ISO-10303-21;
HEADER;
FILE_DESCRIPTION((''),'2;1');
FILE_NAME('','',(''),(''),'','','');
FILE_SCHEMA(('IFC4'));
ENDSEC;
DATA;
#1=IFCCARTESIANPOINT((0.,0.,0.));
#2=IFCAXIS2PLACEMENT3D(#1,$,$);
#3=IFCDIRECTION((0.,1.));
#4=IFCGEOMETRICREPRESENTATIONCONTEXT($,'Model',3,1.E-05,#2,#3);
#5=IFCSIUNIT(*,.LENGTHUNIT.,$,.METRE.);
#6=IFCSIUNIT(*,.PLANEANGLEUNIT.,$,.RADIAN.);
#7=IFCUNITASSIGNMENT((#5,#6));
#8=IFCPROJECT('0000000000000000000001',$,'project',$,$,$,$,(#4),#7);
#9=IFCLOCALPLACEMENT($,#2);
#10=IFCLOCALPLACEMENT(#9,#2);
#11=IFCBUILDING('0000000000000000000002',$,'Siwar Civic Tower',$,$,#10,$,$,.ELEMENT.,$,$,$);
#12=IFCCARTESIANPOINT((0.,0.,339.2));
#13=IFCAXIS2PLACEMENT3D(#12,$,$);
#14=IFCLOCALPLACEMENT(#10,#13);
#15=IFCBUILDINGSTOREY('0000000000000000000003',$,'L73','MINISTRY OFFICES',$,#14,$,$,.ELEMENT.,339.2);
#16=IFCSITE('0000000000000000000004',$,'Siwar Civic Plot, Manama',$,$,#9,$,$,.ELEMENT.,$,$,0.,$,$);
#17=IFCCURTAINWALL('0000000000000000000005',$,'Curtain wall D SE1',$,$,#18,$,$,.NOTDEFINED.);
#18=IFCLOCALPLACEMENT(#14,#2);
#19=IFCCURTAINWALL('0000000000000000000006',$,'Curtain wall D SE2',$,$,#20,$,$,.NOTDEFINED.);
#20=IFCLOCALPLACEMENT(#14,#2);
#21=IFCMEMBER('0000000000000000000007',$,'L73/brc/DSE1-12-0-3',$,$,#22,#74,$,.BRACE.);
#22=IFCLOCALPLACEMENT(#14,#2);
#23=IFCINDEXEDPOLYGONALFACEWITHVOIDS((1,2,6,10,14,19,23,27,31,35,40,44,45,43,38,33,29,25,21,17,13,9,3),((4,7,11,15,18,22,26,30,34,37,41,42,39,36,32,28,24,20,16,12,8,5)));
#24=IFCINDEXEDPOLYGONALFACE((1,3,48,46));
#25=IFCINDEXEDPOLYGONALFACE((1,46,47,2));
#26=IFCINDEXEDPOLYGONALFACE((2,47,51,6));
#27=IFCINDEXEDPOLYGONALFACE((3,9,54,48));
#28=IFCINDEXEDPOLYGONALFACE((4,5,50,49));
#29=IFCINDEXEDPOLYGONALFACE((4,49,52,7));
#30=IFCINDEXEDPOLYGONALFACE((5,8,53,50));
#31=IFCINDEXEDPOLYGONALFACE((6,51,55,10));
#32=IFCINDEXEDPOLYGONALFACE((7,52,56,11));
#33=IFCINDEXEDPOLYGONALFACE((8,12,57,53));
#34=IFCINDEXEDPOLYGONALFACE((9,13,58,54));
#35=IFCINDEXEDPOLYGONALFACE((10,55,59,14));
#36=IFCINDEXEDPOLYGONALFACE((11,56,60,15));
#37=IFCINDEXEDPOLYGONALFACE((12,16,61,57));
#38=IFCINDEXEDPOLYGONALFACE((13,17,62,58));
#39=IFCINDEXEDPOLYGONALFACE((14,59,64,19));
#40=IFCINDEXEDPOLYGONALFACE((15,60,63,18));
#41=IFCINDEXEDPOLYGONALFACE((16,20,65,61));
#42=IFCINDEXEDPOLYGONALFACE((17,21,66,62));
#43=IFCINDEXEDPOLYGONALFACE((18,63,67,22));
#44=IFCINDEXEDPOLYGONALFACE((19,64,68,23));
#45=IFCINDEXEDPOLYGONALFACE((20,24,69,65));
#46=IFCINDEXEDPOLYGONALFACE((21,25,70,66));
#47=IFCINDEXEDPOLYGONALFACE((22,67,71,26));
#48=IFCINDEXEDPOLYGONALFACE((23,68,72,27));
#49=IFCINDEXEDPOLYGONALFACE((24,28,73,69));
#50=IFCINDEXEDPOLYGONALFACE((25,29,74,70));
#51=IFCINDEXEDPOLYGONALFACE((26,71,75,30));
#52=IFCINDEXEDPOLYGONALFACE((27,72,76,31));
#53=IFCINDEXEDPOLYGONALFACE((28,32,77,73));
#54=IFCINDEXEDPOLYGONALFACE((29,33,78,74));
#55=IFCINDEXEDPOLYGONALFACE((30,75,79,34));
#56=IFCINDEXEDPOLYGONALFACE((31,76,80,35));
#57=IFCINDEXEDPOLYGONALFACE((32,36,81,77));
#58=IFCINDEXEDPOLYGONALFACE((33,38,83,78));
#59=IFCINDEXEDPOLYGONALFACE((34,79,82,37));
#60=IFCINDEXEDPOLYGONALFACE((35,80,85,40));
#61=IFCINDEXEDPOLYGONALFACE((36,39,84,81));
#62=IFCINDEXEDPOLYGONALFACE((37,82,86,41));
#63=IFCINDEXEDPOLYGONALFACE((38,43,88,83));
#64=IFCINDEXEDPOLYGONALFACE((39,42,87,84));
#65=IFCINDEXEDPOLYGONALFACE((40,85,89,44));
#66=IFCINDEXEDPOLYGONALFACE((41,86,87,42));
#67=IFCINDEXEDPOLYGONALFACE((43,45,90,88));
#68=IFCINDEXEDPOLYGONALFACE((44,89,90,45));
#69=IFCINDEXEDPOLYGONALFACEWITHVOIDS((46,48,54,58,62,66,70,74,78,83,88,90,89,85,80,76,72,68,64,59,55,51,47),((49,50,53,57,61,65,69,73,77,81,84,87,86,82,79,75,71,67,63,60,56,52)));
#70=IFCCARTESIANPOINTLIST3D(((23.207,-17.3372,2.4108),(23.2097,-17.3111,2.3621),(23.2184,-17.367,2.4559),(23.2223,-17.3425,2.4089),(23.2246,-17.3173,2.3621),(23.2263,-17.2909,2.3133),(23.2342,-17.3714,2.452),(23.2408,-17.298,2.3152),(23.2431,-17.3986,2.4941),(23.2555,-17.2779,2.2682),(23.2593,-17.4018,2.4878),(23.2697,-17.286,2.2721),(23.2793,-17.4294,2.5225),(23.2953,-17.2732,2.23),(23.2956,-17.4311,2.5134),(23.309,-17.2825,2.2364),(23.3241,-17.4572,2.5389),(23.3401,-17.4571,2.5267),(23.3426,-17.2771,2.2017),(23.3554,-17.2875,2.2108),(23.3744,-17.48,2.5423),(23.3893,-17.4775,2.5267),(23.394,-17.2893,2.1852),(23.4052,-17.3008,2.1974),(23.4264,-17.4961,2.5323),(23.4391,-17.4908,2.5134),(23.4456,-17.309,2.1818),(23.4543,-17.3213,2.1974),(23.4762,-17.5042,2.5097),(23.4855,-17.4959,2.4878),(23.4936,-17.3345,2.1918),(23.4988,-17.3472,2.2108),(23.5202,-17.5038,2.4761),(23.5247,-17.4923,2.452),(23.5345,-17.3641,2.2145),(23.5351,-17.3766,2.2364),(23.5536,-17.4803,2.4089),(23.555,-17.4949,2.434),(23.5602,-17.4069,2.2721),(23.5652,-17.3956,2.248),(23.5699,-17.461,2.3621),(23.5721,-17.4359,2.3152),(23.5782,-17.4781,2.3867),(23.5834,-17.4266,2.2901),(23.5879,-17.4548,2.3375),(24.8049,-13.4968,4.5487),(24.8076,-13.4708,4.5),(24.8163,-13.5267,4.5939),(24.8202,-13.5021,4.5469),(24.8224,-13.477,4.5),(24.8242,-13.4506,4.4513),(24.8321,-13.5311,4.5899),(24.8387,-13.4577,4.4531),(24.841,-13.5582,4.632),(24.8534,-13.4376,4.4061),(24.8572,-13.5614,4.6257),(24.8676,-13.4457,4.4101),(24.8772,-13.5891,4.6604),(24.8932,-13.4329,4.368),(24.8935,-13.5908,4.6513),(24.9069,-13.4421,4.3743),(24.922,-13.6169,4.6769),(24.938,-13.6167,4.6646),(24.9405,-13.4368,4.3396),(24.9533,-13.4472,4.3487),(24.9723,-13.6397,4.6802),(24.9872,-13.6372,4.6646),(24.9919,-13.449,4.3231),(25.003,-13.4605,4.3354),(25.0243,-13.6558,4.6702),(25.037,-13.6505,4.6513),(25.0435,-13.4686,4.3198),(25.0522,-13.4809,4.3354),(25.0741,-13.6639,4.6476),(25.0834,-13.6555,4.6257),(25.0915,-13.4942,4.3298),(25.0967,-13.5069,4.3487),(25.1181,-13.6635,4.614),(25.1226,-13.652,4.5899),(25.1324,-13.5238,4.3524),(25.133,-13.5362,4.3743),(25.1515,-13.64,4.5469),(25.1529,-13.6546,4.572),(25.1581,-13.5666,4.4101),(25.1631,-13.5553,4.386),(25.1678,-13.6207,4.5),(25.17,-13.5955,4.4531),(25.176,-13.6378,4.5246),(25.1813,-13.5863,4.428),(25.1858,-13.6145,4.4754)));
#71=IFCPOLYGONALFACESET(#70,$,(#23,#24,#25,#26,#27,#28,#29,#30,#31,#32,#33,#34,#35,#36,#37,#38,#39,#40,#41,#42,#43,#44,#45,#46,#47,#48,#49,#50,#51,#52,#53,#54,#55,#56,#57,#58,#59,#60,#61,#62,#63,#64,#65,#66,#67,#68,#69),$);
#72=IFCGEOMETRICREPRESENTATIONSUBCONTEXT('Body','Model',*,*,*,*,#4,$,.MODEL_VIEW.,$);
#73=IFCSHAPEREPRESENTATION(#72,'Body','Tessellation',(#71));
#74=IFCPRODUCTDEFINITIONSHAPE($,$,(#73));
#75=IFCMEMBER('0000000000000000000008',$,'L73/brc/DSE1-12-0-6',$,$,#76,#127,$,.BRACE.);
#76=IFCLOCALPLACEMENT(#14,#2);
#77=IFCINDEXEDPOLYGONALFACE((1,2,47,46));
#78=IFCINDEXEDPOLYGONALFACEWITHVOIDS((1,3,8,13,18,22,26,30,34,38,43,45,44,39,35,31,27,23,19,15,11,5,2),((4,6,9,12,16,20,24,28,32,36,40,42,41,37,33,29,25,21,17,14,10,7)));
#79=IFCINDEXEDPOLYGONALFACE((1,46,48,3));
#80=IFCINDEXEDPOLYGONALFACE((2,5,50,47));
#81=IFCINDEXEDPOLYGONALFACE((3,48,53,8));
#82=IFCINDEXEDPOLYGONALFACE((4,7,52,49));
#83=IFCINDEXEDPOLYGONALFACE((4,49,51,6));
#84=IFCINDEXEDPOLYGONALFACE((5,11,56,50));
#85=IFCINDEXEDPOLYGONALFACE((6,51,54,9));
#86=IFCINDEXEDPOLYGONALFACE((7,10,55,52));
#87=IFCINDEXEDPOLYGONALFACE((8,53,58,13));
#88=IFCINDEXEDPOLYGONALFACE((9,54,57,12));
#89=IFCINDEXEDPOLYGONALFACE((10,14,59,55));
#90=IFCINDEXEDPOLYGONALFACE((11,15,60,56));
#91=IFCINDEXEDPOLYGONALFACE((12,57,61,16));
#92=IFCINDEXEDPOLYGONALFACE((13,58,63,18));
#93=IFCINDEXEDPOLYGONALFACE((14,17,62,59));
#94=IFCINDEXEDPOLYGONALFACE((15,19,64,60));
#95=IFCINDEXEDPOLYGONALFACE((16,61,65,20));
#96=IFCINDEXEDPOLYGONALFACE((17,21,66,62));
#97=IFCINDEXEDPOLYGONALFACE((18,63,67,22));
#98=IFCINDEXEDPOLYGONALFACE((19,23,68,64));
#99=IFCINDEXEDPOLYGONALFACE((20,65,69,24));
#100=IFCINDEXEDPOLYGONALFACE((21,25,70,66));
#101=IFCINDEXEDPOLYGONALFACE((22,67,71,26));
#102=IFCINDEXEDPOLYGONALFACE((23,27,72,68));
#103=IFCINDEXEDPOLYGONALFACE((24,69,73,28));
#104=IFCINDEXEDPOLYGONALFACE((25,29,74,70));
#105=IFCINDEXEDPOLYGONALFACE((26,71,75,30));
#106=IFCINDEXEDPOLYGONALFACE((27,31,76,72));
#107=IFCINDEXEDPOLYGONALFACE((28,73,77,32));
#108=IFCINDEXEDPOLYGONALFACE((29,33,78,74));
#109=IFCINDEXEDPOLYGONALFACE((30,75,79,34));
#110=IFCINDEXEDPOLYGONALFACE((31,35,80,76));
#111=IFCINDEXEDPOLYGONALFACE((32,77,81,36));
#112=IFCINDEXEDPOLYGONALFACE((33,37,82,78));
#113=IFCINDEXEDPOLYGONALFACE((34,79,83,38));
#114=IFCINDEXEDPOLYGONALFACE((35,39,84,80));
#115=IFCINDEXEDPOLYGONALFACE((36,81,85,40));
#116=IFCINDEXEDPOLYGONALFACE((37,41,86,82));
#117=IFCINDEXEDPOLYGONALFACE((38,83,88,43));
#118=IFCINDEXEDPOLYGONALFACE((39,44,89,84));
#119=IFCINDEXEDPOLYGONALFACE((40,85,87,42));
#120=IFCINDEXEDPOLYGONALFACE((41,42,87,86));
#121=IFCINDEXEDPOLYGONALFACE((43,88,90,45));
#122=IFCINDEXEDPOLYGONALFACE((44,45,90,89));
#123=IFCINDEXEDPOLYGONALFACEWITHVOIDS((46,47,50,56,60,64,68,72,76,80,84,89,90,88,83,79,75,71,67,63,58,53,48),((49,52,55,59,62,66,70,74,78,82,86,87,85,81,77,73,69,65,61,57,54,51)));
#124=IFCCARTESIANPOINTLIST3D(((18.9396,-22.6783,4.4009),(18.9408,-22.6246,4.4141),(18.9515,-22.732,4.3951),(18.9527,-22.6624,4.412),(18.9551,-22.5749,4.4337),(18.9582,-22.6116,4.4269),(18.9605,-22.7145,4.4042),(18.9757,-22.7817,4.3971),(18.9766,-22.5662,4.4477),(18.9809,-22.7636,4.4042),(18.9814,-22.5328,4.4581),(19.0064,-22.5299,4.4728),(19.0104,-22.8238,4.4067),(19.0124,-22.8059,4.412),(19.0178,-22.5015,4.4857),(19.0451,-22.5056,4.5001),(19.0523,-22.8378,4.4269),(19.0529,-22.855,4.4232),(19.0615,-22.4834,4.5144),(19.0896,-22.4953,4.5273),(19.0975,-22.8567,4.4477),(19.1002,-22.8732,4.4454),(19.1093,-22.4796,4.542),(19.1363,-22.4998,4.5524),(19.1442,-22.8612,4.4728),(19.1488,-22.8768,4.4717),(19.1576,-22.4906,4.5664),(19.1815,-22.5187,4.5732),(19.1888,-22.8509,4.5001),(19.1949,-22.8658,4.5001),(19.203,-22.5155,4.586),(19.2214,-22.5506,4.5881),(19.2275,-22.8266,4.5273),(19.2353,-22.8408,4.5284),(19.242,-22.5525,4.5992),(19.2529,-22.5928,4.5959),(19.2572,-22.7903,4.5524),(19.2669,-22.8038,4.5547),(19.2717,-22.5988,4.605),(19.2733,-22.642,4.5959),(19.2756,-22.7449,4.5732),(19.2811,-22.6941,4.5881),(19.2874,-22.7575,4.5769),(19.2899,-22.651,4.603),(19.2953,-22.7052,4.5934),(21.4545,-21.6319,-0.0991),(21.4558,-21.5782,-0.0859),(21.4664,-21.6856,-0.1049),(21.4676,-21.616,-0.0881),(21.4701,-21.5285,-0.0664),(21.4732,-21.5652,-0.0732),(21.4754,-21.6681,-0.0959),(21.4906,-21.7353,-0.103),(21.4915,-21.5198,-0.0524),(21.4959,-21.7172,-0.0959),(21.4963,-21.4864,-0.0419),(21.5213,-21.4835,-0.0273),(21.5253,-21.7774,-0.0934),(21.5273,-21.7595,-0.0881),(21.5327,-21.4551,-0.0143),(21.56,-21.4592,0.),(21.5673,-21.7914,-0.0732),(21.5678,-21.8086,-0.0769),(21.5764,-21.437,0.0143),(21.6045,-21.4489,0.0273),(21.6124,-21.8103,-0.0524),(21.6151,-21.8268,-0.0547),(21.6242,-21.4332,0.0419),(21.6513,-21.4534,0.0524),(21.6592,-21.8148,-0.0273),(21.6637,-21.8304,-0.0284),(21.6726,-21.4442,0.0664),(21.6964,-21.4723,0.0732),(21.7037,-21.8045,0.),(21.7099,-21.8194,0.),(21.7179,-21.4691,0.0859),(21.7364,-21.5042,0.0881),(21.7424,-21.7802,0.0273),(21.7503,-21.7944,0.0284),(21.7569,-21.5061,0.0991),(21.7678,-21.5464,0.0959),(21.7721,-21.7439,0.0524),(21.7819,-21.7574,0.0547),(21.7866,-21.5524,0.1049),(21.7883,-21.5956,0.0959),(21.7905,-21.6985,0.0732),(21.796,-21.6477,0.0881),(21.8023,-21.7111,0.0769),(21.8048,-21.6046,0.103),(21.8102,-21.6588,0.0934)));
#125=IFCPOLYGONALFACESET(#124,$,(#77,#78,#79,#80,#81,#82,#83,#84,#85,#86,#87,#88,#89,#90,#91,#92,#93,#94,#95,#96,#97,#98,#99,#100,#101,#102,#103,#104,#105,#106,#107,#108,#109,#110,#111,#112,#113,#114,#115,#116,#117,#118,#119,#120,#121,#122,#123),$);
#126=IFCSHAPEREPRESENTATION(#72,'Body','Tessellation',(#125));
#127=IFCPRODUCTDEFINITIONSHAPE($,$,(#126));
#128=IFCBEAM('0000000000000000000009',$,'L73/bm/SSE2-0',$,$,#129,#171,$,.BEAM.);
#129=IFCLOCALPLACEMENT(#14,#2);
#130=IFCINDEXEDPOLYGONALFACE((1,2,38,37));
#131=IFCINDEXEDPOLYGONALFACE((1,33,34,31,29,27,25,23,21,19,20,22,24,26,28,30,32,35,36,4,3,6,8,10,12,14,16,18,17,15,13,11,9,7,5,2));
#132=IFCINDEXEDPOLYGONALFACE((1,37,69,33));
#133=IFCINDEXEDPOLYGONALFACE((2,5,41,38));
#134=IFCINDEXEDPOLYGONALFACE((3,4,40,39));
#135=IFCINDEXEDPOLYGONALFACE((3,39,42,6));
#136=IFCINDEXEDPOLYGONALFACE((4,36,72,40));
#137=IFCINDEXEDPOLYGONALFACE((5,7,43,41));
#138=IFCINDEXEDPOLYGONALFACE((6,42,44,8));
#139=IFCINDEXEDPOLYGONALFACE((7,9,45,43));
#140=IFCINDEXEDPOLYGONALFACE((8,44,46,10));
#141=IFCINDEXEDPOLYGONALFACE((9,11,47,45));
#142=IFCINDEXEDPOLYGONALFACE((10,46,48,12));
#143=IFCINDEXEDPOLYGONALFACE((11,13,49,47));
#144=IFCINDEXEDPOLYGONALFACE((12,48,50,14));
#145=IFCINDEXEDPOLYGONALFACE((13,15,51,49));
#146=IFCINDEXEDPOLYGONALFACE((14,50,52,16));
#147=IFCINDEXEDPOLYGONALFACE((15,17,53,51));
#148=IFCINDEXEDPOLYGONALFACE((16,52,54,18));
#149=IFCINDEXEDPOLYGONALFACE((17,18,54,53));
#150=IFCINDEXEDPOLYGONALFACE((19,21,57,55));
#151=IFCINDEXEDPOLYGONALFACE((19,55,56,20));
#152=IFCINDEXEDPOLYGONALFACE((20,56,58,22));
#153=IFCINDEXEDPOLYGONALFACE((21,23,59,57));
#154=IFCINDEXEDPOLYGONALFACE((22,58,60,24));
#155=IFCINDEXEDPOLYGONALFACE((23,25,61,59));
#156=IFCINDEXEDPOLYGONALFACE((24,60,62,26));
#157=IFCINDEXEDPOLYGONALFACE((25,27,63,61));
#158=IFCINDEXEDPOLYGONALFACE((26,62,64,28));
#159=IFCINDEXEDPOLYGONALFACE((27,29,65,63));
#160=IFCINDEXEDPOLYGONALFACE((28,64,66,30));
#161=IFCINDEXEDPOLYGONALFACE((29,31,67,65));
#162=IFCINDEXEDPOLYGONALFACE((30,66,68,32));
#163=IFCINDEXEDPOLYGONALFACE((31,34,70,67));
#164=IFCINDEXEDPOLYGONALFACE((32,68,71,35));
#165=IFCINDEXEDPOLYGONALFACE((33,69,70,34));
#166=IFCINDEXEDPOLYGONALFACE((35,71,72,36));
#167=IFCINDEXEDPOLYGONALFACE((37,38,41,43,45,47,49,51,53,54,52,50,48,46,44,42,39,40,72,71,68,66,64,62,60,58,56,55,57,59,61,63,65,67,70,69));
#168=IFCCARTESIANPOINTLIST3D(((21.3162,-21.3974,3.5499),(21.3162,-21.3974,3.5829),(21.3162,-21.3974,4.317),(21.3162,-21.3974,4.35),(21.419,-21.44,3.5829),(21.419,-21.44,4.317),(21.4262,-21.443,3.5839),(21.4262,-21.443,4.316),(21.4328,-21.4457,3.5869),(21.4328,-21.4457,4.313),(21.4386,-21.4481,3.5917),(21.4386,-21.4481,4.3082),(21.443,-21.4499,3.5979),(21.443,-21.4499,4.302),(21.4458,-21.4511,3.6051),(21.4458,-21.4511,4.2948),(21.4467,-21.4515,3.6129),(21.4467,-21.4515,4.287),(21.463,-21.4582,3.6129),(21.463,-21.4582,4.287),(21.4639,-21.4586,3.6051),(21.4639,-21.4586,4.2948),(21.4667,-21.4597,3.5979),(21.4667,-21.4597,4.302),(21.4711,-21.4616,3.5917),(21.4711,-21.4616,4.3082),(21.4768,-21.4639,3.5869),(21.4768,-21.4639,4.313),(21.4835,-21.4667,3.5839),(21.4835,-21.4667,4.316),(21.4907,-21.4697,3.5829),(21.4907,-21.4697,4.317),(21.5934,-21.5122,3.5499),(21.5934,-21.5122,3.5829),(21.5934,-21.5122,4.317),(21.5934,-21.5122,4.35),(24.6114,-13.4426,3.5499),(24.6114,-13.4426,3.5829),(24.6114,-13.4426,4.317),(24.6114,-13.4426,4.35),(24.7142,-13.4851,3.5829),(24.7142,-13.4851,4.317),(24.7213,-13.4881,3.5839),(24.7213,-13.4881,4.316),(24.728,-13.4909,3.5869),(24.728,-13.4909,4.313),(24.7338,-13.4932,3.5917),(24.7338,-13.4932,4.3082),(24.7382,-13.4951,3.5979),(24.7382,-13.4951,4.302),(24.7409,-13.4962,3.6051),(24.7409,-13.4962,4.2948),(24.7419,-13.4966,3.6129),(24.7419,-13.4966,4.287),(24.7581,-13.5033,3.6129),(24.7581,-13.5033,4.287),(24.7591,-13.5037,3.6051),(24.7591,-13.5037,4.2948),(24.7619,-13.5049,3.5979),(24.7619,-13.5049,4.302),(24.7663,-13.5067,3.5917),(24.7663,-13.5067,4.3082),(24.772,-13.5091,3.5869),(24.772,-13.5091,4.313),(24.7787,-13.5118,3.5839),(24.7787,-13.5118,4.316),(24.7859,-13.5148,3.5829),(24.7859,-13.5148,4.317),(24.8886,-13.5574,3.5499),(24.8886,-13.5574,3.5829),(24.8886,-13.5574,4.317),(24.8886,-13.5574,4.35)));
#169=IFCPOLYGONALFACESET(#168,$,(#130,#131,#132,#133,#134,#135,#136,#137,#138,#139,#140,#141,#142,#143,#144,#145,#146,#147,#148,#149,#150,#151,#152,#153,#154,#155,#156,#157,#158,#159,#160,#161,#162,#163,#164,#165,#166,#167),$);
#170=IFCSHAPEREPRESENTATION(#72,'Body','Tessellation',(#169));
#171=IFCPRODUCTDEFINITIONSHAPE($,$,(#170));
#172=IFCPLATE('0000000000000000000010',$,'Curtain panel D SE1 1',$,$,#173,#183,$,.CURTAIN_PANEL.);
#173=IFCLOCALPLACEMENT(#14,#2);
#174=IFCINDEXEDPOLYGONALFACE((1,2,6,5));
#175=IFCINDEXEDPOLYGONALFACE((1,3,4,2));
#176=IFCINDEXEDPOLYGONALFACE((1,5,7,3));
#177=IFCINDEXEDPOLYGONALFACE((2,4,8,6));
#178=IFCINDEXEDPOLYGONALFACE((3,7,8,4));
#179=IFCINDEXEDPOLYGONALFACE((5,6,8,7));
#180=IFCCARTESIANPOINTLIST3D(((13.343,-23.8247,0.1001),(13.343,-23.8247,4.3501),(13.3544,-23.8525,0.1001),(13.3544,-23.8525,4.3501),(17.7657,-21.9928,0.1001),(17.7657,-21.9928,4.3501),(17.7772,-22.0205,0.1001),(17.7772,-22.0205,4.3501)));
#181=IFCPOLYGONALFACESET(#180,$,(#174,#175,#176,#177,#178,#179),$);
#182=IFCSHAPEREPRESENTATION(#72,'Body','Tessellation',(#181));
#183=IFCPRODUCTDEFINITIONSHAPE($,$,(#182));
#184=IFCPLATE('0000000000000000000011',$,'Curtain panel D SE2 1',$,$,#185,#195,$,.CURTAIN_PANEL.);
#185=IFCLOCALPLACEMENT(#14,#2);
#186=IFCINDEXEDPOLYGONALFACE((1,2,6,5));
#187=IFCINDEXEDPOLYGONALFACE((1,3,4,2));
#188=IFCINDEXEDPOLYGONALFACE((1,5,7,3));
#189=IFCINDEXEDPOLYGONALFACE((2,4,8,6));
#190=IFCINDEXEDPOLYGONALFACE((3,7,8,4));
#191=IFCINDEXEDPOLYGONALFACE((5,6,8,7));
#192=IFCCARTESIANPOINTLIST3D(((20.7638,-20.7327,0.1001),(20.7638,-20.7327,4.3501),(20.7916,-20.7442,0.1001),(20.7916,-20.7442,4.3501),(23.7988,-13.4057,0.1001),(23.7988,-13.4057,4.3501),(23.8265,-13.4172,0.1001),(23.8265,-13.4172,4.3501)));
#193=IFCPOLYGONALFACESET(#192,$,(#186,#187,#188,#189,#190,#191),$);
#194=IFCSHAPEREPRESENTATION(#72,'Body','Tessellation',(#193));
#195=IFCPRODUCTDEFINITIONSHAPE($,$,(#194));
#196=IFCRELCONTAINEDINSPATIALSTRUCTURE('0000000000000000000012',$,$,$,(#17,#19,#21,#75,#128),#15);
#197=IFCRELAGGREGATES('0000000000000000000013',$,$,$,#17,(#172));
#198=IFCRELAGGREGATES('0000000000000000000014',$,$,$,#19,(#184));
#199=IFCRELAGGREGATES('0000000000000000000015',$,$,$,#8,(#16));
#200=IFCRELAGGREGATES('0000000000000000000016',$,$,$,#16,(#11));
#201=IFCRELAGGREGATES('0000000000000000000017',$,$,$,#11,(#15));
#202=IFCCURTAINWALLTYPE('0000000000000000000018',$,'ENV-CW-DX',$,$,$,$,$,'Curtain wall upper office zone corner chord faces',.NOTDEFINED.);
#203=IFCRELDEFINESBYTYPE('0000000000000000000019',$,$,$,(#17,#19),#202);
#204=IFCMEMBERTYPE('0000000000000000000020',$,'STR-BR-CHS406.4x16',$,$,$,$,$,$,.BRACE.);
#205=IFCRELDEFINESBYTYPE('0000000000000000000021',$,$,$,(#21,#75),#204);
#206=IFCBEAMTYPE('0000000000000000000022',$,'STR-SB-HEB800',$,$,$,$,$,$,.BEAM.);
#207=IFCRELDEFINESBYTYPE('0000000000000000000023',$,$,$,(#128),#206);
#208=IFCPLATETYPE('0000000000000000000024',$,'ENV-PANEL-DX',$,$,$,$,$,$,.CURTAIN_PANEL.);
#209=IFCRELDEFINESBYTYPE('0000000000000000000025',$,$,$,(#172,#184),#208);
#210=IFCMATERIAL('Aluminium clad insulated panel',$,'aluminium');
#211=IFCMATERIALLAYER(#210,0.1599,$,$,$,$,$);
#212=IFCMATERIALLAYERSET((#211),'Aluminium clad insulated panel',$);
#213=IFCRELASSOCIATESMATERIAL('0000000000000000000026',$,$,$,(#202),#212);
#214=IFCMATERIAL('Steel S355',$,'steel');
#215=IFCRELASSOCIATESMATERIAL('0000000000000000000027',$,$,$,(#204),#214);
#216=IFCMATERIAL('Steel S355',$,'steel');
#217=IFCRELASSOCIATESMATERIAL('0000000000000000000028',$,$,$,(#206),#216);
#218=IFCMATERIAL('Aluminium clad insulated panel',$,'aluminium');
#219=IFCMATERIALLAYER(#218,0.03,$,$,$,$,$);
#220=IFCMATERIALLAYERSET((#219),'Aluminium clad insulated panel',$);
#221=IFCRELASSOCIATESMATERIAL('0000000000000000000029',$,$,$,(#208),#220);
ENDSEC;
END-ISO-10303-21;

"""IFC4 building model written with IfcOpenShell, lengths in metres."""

from ifc_helpers import new_model, si_unit, direction, frame, origin, origin_2d, place, context, subcontext, project, spatial, rectangle, hollow_circle, i_section, extrude, material, layer, layer_set, material_profile, profile_set, type_object, element, aggregate, save


model = new_model("IFC4")

# Units and contexts
model_context = context("Model", 3, precision=1e-05, world=origin(), true_north=direction((0.0, 1.0)))
body_context = subcontext(model_context, "Body", "Model", "MODEL_VIEW")
ifc_project = project(units=[si_unit("LENGTHUNIT", "METRE"), si_unit("PLANEANGLEUNIT", "RADIAN")], contexts=[model_context])

# Site, building, storey
site_placement = place(None, origin())
site = spatial("IfcSite", under=ifc_project, at=site_placement, Name="Siwar Civic Plot, Manama", CompositionType="ELEMENT", RefElevation=0.0)
building_placement = place(site_placement, origin())
building = spatial("IfcBuilding", under=site, at=building_placement, Name="Siwar Civic Tower", CompositionType="ELEMENT")
storey_placement = place(building_placement, frame((0.0, 0.0, 339.2)))
storey = spatial("IfcBuildingStorey", under=building, at=storey_placement, Name="L73", Description="MINISTRY OFFICES", CompositionType="ELEMENT", Elevation=339.2)

# Curtain wall
ifc_material_1 = material(Name="Aluminium clad insulated panel", Category="aluminium")
ifc_layer_1 = layer(ifc_material_1, 0.1599)
ifc_layer_set_1 = layer_set([ifc_layer_1], Name="Aluminium clad insulated panel")
curtain_wall_type = type_object("IfcCurtainWallType", Name="ENV-CW-DX", ElementType="Curtain wall upper office zone corner chord faces", PredefinedType="NOTDEFINED", material=ifc_layer_set_1)
curtain_wall_1_placement = place(storey_placement, origin())
curtain_wall_1 = element("IfcCurtainWall", 1, at=curtain_wall_1_placement, inside=storey, type_object=curtain_wall_type, Name="Curtain wall D SE1", PredefinedType="NOTDEFINED")

# Curtain wall
curtain_wall_2_placement = place(storey_placement, origin())
curtain_wall_2 = element("IfcCurtainWall", 2, at=curtain_wall_2_placement, inside=storey, type_object=curtain_wall_type, Name="Curtain wall D SE2", PredefinedType="NOTDEFINED")

# Members
ifc_material_2 = material(Name="Steel S355", Category="steel")
ifc_material_profile_1 = material_profile(ifc_material_2, hollow_circle(Radius=0.2031, WallThickness=0.0161, at=origin_2d()), Name="CHS406.4x16")
ifc_profile_set_1 = profile_set([ifc_material_profile_1], Name="Steel S355")
member_type_1 = type_object("IfcMemberType", Name="STR-BR-CHS406.4x16", PredefinedType="BRACE", material=ifc_profile_set_1)
member_1_placement = place(storey_placement, frame((23.3972, -17.3892, 2.3621), z_axis=(0.341667, 0.82115, 0.45714), x_axis=(-0.923268, 0.384157, 0.0)))
element("IfcMember", 3, at=member_1_placement, inside=storey, type_object=member_type_1, Name="L73/brc/DSE1-12-0-3", PredefinedType="BRACE", context=body_context, shape_type="SweptSolid", body=[
    extrude(hollow_circle(Radius=0.2031, WallThickness=0.0161, at=origin_2d()), origin(), (0.0, 0.0, 1.0), 4.6768),
])
member_2_placement = place(storey_placement, frame((21.6318, -21.6318, 0.0), z_axis=(-0.478099, -0.198926, 0.855482), x_axis=(0.384151, -0.92327, 0.0)))
element("IfcMember", 4, at=member_2_placement, inside=storey, type_object=member_type_1, Name="L73/brc/DSE1-12-0-6", PredefinedType="BRACE", context=body_context, shape_type="SweptSolid", body=[
    extrude(hollow_circle(Radius=0.2031, WallThickness=0.0161, at=origin_2d()), origin(), (0.0, 0.0, 1.0), 5.2603),
])

# Beam
ifc_material_3 = material(Name="Steel S355", Category="steel")
ifc_material_profile_2 = material_profile(ifc_material_3, i_section(OverallWidth=0.3, OverallDepth=0.8, WebThickness=0.0176, FlangeThickness=0.033, FilletRadius=0.03, at=origin_2d()), Name="HEB800")
ifc_profile_set_2 = profile_set([ifc_material_profile_2], Name="Steel S355")
beam_type_1 = type_object("IfcBeamType", Name="STR-SB-HEB800", PredefinedType="BEAM", material=ifc_profile_set_2)
beam_1_placement = place(storey_placement, frame((21.4548, -21.4548, 3.95), z_axis=(0.3827, 0.923873, 0.0), x_axis=(-0.923873, 0.3827, 0.0)))
element("IfcBeam", 5, at=beam_1_placement, inside=storey, type_object=beam_type_1, Name="L73/bm/SSE2-0", PredefinedType="BEAM", context=body_context, shape_type="SweptSolid", body=[
    extrude(i_section(OverallWidth=0.3, OverallDepth=0.8, WebThickness=0.0176, FlangeThickness=0.033, FilletRadius=0.03, at=origin_2d()), origin(), (0.0, 0.0, 1.0), 8.6104),
])

# Plates
ifc_material_4 = material(Name="Aluminium clad insulated panel", Category="aluminium")
ifc_layer_2 = layer(ifc_material_4, 0.03)
ifc_layer_set_2 = layer_set([ifc_layer_2], Name="Aluminium clad insulated panel")
plate_type = type_object("IfcPlateType", Name="ENV-PANEL-DX", PredefinedType="CURTAIN_PANEL", material=ifc_layer_set_2)
plate_1_placement = place(storey_placement, frame((15.5601, -22.9226, 0.1001), z_axis=(0.0, 0.0, 1.0), x_axis=(0.92388, 0.382683, 0.0)))
plate_1 = element("IfcPlate", 6, at=plate_1_placement, type_object=plate_type, Name="Curtain panel D SE1 1", PredefinedType="CURTAIN_PANEL", context=body_context, shape_type="SweptSolid", body=[
    extrude(rectangle(XDim=4.7871, YDim=0.03, at=origin_2d()), origin(), (0.0, 0.0, 1.0), 4.25),
])
aggregate(curtain_wall_1, [plate_1])
plate_2_placement = place(storey_placement, frame((22.2952, -17.075, 0.1001), z_axis=(0.0, 0.0, 1.0), x_axis=(0.382683, 0.92388, 0.0)))
plate_2 = element("IfcPlate", 7, at=plate_2_placement, type_object=plate_type, Name="Curtain panel D SE2 1", PredefinedType="CURTAIN_PANEL", context=body_context, shape_type="SweptSolid", body=[
    extrude(rectangle(XDim=7.9307, YDim=0.03, at=origin_2d()), origin(), (0.0, 0.0, 1.0), 4.25),
])
aggregate(curtain_wall_2, [plate_2])

save(model, "model.ifc")
